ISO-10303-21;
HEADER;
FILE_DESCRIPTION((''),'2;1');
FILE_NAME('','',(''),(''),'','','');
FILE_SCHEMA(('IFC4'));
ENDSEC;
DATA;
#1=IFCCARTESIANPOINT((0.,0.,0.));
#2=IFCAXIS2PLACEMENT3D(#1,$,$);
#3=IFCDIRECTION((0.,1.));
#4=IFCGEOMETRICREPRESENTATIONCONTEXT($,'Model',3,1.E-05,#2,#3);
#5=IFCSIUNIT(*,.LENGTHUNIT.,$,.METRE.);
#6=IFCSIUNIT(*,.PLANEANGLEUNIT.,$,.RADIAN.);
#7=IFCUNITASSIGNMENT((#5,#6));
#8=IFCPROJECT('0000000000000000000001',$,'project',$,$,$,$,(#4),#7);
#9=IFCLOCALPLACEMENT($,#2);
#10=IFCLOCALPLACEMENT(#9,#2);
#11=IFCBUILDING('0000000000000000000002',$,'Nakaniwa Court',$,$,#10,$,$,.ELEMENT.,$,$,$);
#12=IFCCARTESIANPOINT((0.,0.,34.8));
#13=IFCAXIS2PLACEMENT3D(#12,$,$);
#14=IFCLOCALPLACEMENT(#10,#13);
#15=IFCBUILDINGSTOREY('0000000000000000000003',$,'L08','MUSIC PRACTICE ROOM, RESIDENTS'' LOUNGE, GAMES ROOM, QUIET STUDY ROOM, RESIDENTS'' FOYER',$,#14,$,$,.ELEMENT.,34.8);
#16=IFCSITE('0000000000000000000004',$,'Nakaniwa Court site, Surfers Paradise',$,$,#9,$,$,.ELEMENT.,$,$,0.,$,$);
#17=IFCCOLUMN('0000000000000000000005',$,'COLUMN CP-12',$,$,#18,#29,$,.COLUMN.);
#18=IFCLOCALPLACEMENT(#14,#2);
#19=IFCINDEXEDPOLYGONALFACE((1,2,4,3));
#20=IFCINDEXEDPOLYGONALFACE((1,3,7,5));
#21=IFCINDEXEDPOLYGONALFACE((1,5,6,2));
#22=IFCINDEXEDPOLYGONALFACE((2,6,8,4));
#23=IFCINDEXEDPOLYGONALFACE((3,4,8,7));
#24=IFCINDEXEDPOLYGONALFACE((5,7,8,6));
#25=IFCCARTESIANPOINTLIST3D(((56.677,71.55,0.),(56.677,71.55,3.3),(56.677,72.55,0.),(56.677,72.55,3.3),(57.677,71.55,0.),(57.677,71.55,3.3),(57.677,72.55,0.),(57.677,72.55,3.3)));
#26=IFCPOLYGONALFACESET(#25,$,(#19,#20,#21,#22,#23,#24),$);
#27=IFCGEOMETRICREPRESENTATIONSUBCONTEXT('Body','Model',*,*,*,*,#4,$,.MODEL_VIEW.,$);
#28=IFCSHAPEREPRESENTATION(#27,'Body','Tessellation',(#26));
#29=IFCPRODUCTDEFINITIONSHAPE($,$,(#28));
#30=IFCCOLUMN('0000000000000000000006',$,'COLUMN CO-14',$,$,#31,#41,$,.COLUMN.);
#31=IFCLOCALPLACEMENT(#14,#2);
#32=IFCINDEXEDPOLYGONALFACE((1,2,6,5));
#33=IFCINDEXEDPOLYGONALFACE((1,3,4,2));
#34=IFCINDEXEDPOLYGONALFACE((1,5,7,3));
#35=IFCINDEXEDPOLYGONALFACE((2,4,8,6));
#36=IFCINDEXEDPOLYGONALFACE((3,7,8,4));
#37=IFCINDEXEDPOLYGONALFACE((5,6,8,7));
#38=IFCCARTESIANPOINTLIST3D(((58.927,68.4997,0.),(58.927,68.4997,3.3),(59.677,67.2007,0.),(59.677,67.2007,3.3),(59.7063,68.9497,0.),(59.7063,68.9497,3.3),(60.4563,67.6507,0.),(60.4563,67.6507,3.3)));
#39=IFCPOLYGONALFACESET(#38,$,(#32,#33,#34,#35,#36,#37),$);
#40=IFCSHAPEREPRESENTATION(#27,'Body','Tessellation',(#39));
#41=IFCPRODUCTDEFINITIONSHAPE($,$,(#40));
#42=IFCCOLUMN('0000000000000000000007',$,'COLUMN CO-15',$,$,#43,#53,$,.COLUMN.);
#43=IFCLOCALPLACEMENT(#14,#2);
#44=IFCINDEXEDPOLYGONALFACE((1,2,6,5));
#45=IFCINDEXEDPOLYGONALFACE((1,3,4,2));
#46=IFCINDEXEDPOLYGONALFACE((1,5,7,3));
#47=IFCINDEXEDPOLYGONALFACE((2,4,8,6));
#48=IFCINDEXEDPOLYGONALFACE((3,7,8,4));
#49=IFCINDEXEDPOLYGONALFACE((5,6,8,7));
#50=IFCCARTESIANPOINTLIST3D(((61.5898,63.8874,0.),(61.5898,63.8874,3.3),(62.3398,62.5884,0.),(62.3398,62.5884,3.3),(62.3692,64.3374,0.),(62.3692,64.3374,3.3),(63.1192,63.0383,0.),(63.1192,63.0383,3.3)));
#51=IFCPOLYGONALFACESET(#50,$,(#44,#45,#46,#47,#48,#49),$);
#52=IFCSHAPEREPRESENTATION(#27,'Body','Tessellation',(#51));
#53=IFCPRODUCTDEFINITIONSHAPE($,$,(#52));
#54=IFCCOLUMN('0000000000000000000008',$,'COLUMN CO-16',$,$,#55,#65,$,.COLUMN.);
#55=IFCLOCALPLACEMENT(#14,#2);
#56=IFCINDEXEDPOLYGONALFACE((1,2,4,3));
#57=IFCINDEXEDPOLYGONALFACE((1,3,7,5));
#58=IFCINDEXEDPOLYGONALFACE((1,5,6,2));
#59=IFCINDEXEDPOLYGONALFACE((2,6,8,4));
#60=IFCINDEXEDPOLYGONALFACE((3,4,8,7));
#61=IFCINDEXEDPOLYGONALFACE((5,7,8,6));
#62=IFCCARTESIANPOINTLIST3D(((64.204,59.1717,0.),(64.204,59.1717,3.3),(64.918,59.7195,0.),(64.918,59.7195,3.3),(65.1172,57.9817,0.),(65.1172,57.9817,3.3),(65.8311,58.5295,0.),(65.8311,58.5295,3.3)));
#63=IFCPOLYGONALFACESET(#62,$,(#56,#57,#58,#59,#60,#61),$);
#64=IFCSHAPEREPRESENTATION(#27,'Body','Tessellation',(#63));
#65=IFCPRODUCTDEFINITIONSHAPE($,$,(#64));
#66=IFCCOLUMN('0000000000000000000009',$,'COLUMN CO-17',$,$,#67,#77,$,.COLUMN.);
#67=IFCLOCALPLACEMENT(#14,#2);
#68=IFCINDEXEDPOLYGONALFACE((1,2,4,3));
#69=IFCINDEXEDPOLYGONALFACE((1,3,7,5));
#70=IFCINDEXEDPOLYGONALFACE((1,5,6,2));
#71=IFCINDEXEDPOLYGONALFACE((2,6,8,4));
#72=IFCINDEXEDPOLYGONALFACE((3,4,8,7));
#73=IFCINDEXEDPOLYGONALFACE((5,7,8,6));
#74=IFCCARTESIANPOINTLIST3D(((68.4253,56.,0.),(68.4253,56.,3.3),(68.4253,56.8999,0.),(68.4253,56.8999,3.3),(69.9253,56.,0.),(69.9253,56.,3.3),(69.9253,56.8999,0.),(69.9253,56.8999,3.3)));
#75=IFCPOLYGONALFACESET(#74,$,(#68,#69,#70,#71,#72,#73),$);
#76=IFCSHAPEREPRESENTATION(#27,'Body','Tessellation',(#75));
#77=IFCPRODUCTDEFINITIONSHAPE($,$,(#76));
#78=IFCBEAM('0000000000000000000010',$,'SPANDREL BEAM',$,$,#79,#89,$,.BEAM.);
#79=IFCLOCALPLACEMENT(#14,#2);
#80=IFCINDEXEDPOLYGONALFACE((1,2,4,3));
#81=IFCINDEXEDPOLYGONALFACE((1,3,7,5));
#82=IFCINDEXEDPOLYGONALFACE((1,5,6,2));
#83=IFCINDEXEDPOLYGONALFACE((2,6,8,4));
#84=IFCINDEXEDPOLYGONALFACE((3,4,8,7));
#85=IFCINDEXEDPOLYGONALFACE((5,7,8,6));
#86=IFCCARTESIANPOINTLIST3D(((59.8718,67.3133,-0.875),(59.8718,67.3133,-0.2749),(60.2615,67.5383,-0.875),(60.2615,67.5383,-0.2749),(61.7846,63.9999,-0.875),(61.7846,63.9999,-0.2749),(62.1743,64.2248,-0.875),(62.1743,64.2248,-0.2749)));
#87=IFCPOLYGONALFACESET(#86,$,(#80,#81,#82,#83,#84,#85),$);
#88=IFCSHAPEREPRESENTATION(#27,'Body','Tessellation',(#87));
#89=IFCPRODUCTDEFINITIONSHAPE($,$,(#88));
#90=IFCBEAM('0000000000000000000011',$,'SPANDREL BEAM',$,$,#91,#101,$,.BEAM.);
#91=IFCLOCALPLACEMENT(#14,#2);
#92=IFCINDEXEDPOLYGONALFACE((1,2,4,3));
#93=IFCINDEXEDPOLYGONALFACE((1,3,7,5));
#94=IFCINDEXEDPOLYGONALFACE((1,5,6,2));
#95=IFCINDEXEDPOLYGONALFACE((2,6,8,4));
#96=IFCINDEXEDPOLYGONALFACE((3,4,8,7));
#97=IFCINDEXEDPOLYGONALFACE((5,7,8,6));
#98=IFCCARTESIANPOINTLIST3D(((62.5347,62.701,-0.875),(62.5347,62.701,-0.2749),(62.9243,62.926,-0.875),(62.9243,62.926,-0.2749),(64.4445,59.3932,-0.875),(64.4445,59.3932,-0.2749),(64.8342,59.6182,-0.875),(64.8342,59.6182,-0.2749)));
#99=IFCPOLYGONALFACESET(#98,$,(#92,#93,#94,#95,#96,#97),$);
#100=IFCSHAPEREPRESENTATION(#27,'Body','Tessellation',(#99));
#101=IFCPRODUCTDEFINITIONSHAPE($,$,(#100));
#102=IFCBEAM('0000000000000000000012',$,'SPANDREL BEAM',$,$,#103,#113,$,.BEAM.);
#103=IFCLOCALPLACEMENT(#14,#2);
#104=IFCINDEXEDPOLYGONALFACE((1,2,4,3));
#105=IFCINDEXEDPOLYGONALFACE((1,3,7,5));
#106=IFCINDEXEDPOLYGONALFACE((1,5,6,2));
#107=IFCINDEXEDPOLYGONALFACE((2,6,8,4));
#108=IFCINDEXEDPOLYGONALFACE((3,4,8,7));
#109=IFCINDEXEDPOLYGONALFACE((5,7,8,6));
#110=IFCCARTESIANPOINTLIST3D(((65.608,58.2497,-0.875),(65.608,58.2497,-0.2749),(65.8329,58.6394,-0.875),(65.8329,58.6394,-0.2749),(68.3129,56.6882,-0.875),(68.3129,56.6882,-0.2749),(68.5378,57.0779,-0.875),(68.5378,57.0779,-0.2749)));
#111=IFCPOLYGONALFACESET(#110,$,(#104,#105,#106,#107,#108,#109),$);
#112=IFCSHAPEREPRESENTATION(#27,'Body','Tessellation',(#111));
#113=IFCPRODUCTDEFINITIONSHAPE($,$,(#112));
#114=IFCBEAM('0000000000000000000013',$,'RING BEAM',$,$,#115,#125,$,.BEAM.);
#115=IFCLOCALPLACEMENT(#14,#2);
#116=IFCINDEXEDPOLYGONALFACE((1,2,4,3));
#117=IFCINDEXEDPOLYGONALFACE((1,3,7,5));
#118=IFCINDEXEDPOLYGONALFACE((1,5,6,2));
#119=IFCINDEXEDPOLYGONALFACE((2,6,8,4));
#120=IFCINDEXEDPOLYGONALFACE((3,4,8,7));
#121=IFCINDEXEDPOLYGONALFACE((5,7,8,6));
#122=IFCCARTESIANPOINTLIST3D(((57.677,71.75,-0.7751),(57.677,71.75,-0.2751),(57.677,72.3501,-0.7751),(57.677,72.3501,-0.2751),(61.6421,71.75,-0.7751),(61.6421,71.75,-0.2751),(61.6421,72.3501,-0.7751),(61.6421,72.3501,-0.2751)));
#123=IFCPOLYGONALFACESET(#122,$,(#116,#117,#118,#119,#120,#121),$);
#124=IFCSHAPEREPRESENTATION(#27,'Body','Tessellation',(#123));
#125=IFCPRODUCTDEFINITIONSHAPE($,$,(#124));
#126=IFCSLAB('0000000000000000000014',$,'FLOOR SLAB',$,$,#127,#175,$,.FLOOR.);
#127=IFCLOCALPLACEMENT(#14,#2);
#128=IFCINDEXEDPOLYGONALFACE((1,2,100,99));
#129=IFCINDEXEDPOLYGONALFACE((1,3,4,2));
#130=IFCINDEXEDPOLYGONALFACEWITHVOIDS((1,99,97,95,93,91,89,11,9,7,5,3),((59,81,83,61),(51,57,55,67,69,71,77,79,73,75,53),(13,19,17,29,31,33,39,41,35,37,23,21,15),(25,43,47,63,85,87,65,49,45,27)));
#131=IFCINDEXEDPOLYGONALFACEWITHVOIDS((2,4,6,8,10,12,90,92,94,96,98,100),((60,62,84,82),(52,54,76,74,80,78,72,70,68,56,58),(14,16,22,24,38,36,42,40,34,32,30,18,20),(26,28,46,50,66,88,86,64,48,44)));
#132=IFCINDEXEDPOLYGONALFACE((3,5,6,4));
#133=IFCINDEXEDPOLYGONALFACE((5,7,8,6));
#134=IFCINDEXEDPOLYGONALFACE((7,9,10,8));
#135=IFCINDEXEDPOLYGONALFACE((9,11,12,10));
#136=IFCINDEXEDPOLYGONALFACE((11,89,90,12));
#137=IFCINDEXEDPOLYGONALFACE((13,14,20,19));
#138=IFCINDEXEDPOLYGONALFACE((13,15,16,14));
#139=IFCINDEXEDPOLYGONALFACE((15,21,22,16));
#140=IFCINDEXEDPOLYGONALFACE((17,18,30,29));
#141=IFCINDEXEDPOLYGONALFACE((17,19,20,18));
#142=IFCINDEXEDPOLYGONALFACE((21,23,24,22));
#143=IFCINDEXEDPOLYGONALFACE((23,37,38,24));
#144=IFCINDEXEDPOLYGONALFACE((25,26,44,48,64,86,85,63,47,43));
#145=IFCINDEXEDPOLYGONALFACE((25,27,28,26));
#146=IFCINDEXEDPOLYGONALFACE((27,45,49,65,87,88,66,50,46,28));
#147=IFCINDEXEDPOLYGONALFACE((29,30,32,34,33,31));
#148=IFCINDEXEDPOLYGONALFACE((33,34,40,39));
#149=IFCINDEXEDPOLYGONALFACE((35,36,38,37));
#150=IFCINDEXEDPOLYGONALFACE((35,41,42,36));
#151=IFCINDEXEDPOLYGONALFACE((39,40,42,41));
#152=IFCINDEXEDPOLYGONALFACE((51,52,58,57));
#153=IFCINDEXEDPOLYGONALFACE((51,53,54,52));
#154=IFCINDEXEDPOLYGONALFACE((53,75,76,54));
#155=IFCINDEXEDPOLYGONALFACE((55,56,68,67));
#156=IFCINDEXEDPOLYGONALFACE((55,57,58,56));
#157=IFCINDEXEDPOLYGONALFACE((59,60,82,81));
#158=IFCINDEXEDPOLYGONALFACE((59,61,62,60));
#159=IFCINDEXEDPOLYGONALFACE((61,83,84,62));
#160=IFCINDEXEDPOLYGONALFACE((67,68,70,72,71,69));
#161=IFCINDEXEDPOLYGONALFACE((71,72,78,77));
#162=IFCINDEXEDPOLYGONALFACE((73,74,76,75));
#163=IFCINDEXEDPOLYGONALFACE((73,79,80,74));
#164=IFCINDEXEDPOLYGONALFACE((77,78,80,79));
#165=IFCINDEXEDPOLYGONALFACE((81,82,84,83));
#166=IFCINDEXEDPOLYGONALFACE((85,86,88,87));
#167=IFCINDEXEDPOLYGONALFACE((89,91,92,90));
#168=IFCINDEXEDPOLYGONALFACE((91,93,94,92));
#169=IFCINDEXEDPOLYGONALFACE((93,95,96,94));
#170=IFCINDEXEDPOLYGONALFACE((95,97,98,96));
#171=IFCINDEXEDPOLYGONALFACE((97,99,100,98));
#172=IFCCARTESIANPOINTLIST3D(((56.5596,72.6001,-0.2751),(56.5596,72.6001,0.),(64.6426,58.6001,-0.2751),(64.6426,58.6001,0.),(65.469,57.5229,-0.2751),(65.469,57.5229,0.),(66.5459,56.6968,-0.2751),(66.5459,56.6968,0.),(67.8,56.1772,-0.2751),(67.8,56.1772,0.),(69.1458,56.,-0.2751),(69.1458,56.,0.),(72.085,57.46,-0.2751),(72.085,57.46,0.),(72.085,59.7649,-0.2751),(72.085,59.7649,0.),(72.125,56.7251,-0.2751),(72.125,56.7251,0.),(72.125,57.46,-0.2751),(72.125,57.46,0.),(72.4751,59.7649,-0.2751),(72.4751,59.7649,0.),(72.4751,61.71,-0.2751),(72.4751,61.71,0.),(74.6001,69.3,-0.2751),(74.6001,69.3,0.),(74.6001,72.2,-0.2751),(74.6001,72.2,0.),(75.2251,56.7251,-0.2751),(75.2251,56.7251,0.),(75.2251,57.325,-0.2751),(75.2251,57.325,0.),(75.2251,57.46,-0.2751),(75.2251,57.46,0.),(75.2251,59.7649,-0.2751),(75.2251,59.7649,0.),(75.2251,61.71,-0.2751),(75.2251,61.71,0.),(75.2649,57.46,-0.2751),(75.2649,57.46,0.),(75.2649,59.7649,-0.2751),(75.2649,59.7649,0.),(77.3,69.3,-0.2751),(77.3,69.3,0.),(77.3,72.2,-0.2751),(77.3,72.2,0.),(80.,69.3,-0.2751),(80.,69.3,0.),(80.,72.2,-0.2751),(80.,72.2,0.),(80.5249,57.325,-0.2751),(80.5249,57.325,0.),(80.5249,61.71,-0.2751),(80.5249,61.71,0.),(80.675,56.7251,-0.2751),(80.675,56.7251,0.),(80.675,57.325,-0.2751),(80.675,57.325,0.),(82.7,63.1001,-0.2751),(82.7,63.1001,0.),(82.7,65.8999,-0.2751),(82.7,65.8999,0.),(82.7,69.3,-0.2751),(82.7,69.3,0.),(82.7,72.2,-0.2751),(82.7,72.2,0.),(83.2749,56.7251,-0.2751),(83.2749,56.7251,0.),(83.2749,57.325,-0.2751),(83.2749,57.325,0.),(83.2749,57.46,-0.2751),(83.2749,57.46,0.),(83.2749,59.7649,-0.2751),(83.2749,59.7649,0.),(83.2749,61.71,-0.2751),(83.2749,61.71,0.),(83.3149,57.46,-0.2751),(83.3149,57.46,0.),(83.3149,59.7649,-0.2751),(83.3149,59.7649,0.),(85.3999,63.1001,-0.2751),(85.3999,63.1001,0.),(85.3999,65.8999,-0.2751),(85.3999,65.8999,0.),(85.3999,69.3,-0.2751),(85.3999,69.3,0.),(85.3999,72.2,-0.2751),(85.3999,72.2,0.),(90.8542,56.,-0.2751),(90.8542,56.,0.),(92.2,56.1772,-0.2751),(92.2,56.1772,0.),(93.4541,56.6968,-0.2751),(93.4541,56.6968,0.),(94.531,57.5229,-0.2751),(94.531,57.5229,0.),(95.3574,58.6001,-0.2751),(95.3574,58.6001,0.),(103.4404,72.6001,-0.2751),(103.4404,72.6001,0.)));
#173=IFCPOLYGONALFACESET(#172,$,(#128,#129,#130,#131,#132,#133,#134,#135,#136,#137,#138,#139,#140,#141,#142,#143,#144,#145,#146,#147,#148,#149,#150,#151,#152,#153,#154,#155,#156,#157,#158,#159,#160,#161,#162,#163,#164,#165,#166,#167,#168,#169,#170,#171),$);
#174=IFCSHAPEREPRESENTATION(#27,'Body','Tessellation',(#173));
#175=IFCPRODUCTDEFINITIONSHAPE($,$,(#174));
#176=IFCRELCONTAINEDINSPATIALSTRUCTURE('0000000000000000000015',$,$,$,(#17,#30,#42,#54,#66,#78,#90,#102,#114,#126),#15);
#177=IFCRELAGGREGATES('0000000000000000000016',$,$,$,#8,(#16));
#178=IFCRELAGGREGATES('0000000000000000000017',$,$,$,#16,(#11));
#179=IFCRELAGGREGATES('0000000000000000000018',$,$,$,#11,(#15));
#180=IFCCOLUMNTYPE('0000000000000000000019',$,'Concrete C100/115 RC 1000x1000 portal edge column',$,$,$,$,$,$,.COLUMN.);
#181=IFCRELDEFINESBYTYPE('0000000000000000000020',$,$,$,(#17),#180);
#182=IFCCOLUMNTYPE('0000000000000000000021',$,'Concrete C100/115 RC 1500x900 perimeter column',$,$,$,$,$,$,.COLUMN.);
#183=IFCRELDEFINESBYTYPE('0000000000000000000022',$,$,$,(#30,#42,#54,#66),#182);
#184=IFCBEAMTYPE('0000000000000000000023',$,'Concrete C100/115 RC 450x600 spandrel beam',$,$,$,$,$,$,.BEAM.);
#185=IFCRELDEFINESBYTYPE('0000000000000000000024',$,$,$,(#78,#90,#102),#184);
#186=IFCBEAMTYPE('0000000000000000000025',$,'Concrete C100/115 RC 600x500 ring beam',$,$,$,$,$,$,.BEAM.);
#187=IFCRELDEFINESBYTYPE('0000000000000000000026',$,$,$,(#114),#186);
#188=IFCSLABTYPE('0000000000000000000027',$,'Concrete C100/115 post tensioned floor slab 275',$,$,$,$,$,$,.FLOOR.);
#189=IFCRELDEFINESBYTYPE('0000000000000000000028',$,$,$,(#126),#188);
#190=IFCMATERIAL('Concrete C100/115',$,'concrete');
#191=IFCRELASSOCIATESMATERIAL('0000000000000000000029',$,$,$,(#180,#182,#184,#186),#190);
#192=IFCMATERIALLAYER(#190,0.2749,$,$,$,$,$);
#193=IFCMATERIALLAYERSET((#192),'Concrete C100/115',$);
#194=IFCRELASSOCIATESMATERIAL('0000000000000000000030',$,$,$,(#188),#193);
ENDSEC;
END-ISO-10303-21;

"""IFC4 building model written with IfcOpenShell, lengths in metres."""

from ifc_helpers import new_model, si_unit, direction, frame, origin, origin_2d, place, context, subcontext, project, spatial, polyline, rectangle, outline, extrude, material, layer, layer_set, material_profile, profile_set, type_object, element, save


model = new_model("IFC4")

# Units and contexts
model_context = context("Model", 3, precision=1e-05, world=origin(), true_north=direction((0.0, 1.0)))
body_context = subcontext(model_context, "Body", "Model", "MODEL_VIEW")
ifc_project = project(units=[si_unit("LENGTHUNIT", "METRE"), si_unit("PLANEANGLEUNIT", "RADIAN")], contexts=[model_context])

# Site, building, storey
site_placement = place(None, origin())
site = spatial("IfcSite", under=ifc_project, at=site_placement, Name="Nakaniwa Court site, Surfers Paradise", CompositionType="ELEMENT", RefElevation=0.0)
building_placement = place(site_placement, origin())
building = spatial("IfcBuilding", under=site, at=building_placement, Name="Nakaniwa Court", CompositionType="ELEMENT")
storey_placement = place(building_placement, frame((0.0, 0.0, 34.8)))
storey = spatial("IfcBuildingStorey", under=building, at=storey_placement, Name="L08", Description="MUSIC PRACTICE ROOM, RESIDENTS' LOUNGE, GAMES ROOM, QUIET STUDY ROOM, RESIDENTS' FOYER", CompositionType="ELEMENT", Elevation=34.8)

# Columns
ifc_material_1 = material(Name="Concrete C100/115", Category="concrete")
ifc_material_profile_1 = material_profile(ifc_material_1, rectangle(XDim=1.0, YDim=1.0, at=origin_2d()), Name="Concrete C100/115 RC 1000x1000 portal edge column")
ifc_profile_set_1 = profile_set([ifc_material_profile_1], Name="Concrete C100/115")
column_type_1 = type_object("IfcColumnType", Name="Concrete C100/115 RC 1000x1000 portal edge column", PredefinedType="COLUMN", material=ifc_profile_set_1)
column_placement = place(storey_placement, frame((57.177, 72.05, 0.0), z_axis=(0.0, 0.0, 1.0), x_axis=(1.0, 0.0, 0.0)))
element("IfcColumn", 1, at=column_placement, inside=storey, type_object=column_type_1, Name="COLUMN CP-12", PredefinedType="COLUMN", context=body_context, shape_type="SweptSolid", body=[
    extrude(rectangle(XDim=1.0, YDim=1.0, at=origin_2d()), origin(), (0.0, 0.0, 1.0), 3.3),
])
ifc_material_profile_2 = material_profile(ifc_material_1, rectangle(XDim=1.5, YDim=0.8999, at=origin_2d()), Name="Concrete C100/115 RC 1500x900 perimeter column")
ifc_profile_set_2 = profile_set([ifc_material_profile_2], Name="Concrete C100/115")
column_type_2 = type_object("IfcColumnType", Name="Concrete C100/115 RC 1500x900 perimeter column", PredefinedType="COLUMN", material=ifc_profile_set_2)
for number, where, z_axis, x_axis, name in (
    (2, (59.6917, 68.0752, 0.0), (0.0, 0.0, 1.0), (0.5, -0.866025, 0.0), "COLUMN CO-14"),
    (3, (62.3545, 63.4629, 0.0), (0.0, 0.0, 1.0), (0.5, -0.866025, 0.0), "COLUMN CO-15"),
    (4, (65.0176, 58.8506, 0.0), (0.0, 0.0, 1.0), (0.608761, -0.793353, 0.0), "COLUMN CO-16"),
    (5, (69.1753, 56.45, 0.0), (0.0, 0.0, 1.0), (1.0, 0.0, 0.0), "COLUMN CO-17"),
):
    element("IfcColumn", number, at=place(storey_placement, frame(where, z_axis=z_axis, x_axis=x_axis)), inside=storey, type_object=column_type_2, Name=name, PredefinedType="COLUMN", context=body_context, shape_type="SweptSolid", body=[
        extrude(rectangle(XDim=1.5, YDim=0.8999, at=origin_2d()), origin(), (0.0, 0.0, 1.0), 3.3),
    ])

# Beams
ifc_material_profile_3 = material_profile(ifc_material_1, rectangle(XDim=0.45, YDim=0.6001, at=origin_2d()), Name="Concrete C100/115 RC 450x600 spandrel beam")
ifc_profile_set_3 = profile_set([ifc_material_profile_3], Name="Concrete C100/115")
beam_type_1 = type_object("IfcBeamType", Name="Concrete C100/115 RC 450x600 spandrel beam", PredefinedType="BEAM", material=ifc_profile_set_3)
beam_1_placement = place(storey_placement, frame((60.0667, 67.4258, -0.575), z_axis=(0.499962, -0.866047, 0.0), x_axis=(0.866047, 0.499962, 0.0)))
element("IfcBeam", 6, at=beam_1_placement, inside=storey, type_object=beam_type_1, Name="SPANDREL BEAM", PredefinedType="BEAM", context=body_context, shape_type="SweptSolid", body=[
    extrude(rectangle(XDim=0.45, YDim=0.6001, at=origin_2d()), origin(), (0.0, 0.0, 1.0), 3.8259),
])
beam_2_placement = place(storey_placement, frame((62.7295, 62.8135, -0.575), z_axis=(0.500023, -0.866012, 0.0), x_axis=(0.866012, 0.500023, 0.0)))
element("IfcBeam", 7, at=beam_2_placement, inside=storey, type_object=beam_type_1, Name="SPANDREL BEAM", PredefinedType="BEAM", context=body_context, shape_type="SweptSolid", body=[
    extrude(rectangle(XDim=0.45, YDim=0.6001, at=origin_2d()), origin(), (0.0, 0.0, 1.0), 3.8196),
])
beam_3_placement = place(storey_placement, frame((65.7205, 58.4446, -0.575), z_axis=(0.866041, -0.499973, 0.0), x_axis=(0.499973, 0.866041, 0.0)))
element("IfcBeam", 8, at=beam_3_placement, inside=storey, type_object=beam_type_1, Name="SPANDREL BEAM", PredefinedType="BEAM", context=body_context, shape_type="SweptSolid", body=[
    extrude(rectangle(XDim=0.45, YDim=0.6001, at=origin_2d()), origin(), (0.0, 0.0, 1.0), 3.1233),
])
ifc_material_profile_4 = material_profile(ifc_material_1, rectangle(XDim=0.6001, YDim=0.5, at=origin_2d()), Name="Concrete C100/115 RC 600x500 ring beam")
ifc_profile_set_4 = profile_set([ifc_material_profile_4], Name="Concrete C100/115")
beam_type_2 = type_object("IfcBeamType", Name="Concrete C100/115 RC 600x500 ring beam", PredefinedType="BEAM", material=ifc_profile_set_4)
beam_4_placement = place(storey_placement, frame((57.677, 72.05, -0.5251), z_axis=(1.0, 0.0, 0.0), x_axis=(0.0, 1.0, 0.0)))
element("IfcBeam", 9, at=beam_4_placement, inside=storey, type_object=beam_type_2, Name="RING BEAM", PredefinedType="BEAM", context=body_context, shape_type="SweptSolid", body=[
    extrude(rectangle(XDim=0.6001, YDim=0.5, at=origin_2d()), origin(), (0.0, 0.0, 1.0), 3.9651),
])

# Slab
ifc_layer_1 = layer(ifc_material_1, 0.2749)
ifc_layer_set_1 = layer_set([ifc_layer_1], Name="Concrete C100/115")
slab_type_1 = type_object("IfcSlabType", Name="Concrete C100/115 post tensioned floor slab 275", PredefinedType="FLOOR", material=ifc_layer_set_1)
slab_1_placement = place(storey_placement, frame((0.0, 0.0, -0.2751)))
element("IfcSlab", 10, at=slab_1_placement, inside=storey, type_object=slab_type_1, Name="FLOOR SLAB", PredefinedType="FLOOR", context=body_context, shape_type="SweptSolid", body=[
    extrude(outline(polyline([(95.3574, 58.6001), (103.4404, 72.6001), (56.5596, 72.6001), (64.6426, 58.6001), (65.469, 57.5229), (66.5459, 56.6968), (67.8, 56.1772), (69.1458, 56.0), (90.8542, 56.0), (92.2, 56.1772), (93.4541, 56.6968), (94.531, 57.5229), (95.3574, 58.6001)]), holes=[polyline([(75.2251, 57.325), (75.2251, 57.46), (75.2649, 57.46), (75.2649, 59.7649), (75.2251, 59.7649), (75.2251, 61.71), (72.4751, 61.71), (72.4751, 59.7649), (72.085, 59.7649), (72.085, 57.46), (72.125, 57.46), (72.125, 56.7251), (75.2251, 56.7251), (75.2251, 57.325)]), polyline([(74.6001, 69.3), (77.3, 69.3), (80.0, 69.3), (82.7, 69.3), (85.3999, 69.3), (85.3999, 72.2), (82.7, 72.2), (80.0, 72.2), (77.3, 72.2), (74.6001, 72.2), (74.6001, 69.3)]), polyline([(83.2749, 57.325), (83.2749, 57.46), (83.3149, 57.46), (83.3149, 59.7649), (83.2749, 59.7649), (83.2749, 61.71), (80.5249, 61.71), (80.5249, 57.325), (80.675, 57.325), (80.675, 56.7251), (83.2749, 56.7251), (83.2749, 57.325)]), polyline([(82.7, 63.1001), (85.3999, 63.1001), (85.3999, 65.8999), (82.7, 65.8999), (82.7, 63.1001)])]), origin(), (0.0, 0.0, 1.0), 0.2751),
])

save(model, "model.ifc")
